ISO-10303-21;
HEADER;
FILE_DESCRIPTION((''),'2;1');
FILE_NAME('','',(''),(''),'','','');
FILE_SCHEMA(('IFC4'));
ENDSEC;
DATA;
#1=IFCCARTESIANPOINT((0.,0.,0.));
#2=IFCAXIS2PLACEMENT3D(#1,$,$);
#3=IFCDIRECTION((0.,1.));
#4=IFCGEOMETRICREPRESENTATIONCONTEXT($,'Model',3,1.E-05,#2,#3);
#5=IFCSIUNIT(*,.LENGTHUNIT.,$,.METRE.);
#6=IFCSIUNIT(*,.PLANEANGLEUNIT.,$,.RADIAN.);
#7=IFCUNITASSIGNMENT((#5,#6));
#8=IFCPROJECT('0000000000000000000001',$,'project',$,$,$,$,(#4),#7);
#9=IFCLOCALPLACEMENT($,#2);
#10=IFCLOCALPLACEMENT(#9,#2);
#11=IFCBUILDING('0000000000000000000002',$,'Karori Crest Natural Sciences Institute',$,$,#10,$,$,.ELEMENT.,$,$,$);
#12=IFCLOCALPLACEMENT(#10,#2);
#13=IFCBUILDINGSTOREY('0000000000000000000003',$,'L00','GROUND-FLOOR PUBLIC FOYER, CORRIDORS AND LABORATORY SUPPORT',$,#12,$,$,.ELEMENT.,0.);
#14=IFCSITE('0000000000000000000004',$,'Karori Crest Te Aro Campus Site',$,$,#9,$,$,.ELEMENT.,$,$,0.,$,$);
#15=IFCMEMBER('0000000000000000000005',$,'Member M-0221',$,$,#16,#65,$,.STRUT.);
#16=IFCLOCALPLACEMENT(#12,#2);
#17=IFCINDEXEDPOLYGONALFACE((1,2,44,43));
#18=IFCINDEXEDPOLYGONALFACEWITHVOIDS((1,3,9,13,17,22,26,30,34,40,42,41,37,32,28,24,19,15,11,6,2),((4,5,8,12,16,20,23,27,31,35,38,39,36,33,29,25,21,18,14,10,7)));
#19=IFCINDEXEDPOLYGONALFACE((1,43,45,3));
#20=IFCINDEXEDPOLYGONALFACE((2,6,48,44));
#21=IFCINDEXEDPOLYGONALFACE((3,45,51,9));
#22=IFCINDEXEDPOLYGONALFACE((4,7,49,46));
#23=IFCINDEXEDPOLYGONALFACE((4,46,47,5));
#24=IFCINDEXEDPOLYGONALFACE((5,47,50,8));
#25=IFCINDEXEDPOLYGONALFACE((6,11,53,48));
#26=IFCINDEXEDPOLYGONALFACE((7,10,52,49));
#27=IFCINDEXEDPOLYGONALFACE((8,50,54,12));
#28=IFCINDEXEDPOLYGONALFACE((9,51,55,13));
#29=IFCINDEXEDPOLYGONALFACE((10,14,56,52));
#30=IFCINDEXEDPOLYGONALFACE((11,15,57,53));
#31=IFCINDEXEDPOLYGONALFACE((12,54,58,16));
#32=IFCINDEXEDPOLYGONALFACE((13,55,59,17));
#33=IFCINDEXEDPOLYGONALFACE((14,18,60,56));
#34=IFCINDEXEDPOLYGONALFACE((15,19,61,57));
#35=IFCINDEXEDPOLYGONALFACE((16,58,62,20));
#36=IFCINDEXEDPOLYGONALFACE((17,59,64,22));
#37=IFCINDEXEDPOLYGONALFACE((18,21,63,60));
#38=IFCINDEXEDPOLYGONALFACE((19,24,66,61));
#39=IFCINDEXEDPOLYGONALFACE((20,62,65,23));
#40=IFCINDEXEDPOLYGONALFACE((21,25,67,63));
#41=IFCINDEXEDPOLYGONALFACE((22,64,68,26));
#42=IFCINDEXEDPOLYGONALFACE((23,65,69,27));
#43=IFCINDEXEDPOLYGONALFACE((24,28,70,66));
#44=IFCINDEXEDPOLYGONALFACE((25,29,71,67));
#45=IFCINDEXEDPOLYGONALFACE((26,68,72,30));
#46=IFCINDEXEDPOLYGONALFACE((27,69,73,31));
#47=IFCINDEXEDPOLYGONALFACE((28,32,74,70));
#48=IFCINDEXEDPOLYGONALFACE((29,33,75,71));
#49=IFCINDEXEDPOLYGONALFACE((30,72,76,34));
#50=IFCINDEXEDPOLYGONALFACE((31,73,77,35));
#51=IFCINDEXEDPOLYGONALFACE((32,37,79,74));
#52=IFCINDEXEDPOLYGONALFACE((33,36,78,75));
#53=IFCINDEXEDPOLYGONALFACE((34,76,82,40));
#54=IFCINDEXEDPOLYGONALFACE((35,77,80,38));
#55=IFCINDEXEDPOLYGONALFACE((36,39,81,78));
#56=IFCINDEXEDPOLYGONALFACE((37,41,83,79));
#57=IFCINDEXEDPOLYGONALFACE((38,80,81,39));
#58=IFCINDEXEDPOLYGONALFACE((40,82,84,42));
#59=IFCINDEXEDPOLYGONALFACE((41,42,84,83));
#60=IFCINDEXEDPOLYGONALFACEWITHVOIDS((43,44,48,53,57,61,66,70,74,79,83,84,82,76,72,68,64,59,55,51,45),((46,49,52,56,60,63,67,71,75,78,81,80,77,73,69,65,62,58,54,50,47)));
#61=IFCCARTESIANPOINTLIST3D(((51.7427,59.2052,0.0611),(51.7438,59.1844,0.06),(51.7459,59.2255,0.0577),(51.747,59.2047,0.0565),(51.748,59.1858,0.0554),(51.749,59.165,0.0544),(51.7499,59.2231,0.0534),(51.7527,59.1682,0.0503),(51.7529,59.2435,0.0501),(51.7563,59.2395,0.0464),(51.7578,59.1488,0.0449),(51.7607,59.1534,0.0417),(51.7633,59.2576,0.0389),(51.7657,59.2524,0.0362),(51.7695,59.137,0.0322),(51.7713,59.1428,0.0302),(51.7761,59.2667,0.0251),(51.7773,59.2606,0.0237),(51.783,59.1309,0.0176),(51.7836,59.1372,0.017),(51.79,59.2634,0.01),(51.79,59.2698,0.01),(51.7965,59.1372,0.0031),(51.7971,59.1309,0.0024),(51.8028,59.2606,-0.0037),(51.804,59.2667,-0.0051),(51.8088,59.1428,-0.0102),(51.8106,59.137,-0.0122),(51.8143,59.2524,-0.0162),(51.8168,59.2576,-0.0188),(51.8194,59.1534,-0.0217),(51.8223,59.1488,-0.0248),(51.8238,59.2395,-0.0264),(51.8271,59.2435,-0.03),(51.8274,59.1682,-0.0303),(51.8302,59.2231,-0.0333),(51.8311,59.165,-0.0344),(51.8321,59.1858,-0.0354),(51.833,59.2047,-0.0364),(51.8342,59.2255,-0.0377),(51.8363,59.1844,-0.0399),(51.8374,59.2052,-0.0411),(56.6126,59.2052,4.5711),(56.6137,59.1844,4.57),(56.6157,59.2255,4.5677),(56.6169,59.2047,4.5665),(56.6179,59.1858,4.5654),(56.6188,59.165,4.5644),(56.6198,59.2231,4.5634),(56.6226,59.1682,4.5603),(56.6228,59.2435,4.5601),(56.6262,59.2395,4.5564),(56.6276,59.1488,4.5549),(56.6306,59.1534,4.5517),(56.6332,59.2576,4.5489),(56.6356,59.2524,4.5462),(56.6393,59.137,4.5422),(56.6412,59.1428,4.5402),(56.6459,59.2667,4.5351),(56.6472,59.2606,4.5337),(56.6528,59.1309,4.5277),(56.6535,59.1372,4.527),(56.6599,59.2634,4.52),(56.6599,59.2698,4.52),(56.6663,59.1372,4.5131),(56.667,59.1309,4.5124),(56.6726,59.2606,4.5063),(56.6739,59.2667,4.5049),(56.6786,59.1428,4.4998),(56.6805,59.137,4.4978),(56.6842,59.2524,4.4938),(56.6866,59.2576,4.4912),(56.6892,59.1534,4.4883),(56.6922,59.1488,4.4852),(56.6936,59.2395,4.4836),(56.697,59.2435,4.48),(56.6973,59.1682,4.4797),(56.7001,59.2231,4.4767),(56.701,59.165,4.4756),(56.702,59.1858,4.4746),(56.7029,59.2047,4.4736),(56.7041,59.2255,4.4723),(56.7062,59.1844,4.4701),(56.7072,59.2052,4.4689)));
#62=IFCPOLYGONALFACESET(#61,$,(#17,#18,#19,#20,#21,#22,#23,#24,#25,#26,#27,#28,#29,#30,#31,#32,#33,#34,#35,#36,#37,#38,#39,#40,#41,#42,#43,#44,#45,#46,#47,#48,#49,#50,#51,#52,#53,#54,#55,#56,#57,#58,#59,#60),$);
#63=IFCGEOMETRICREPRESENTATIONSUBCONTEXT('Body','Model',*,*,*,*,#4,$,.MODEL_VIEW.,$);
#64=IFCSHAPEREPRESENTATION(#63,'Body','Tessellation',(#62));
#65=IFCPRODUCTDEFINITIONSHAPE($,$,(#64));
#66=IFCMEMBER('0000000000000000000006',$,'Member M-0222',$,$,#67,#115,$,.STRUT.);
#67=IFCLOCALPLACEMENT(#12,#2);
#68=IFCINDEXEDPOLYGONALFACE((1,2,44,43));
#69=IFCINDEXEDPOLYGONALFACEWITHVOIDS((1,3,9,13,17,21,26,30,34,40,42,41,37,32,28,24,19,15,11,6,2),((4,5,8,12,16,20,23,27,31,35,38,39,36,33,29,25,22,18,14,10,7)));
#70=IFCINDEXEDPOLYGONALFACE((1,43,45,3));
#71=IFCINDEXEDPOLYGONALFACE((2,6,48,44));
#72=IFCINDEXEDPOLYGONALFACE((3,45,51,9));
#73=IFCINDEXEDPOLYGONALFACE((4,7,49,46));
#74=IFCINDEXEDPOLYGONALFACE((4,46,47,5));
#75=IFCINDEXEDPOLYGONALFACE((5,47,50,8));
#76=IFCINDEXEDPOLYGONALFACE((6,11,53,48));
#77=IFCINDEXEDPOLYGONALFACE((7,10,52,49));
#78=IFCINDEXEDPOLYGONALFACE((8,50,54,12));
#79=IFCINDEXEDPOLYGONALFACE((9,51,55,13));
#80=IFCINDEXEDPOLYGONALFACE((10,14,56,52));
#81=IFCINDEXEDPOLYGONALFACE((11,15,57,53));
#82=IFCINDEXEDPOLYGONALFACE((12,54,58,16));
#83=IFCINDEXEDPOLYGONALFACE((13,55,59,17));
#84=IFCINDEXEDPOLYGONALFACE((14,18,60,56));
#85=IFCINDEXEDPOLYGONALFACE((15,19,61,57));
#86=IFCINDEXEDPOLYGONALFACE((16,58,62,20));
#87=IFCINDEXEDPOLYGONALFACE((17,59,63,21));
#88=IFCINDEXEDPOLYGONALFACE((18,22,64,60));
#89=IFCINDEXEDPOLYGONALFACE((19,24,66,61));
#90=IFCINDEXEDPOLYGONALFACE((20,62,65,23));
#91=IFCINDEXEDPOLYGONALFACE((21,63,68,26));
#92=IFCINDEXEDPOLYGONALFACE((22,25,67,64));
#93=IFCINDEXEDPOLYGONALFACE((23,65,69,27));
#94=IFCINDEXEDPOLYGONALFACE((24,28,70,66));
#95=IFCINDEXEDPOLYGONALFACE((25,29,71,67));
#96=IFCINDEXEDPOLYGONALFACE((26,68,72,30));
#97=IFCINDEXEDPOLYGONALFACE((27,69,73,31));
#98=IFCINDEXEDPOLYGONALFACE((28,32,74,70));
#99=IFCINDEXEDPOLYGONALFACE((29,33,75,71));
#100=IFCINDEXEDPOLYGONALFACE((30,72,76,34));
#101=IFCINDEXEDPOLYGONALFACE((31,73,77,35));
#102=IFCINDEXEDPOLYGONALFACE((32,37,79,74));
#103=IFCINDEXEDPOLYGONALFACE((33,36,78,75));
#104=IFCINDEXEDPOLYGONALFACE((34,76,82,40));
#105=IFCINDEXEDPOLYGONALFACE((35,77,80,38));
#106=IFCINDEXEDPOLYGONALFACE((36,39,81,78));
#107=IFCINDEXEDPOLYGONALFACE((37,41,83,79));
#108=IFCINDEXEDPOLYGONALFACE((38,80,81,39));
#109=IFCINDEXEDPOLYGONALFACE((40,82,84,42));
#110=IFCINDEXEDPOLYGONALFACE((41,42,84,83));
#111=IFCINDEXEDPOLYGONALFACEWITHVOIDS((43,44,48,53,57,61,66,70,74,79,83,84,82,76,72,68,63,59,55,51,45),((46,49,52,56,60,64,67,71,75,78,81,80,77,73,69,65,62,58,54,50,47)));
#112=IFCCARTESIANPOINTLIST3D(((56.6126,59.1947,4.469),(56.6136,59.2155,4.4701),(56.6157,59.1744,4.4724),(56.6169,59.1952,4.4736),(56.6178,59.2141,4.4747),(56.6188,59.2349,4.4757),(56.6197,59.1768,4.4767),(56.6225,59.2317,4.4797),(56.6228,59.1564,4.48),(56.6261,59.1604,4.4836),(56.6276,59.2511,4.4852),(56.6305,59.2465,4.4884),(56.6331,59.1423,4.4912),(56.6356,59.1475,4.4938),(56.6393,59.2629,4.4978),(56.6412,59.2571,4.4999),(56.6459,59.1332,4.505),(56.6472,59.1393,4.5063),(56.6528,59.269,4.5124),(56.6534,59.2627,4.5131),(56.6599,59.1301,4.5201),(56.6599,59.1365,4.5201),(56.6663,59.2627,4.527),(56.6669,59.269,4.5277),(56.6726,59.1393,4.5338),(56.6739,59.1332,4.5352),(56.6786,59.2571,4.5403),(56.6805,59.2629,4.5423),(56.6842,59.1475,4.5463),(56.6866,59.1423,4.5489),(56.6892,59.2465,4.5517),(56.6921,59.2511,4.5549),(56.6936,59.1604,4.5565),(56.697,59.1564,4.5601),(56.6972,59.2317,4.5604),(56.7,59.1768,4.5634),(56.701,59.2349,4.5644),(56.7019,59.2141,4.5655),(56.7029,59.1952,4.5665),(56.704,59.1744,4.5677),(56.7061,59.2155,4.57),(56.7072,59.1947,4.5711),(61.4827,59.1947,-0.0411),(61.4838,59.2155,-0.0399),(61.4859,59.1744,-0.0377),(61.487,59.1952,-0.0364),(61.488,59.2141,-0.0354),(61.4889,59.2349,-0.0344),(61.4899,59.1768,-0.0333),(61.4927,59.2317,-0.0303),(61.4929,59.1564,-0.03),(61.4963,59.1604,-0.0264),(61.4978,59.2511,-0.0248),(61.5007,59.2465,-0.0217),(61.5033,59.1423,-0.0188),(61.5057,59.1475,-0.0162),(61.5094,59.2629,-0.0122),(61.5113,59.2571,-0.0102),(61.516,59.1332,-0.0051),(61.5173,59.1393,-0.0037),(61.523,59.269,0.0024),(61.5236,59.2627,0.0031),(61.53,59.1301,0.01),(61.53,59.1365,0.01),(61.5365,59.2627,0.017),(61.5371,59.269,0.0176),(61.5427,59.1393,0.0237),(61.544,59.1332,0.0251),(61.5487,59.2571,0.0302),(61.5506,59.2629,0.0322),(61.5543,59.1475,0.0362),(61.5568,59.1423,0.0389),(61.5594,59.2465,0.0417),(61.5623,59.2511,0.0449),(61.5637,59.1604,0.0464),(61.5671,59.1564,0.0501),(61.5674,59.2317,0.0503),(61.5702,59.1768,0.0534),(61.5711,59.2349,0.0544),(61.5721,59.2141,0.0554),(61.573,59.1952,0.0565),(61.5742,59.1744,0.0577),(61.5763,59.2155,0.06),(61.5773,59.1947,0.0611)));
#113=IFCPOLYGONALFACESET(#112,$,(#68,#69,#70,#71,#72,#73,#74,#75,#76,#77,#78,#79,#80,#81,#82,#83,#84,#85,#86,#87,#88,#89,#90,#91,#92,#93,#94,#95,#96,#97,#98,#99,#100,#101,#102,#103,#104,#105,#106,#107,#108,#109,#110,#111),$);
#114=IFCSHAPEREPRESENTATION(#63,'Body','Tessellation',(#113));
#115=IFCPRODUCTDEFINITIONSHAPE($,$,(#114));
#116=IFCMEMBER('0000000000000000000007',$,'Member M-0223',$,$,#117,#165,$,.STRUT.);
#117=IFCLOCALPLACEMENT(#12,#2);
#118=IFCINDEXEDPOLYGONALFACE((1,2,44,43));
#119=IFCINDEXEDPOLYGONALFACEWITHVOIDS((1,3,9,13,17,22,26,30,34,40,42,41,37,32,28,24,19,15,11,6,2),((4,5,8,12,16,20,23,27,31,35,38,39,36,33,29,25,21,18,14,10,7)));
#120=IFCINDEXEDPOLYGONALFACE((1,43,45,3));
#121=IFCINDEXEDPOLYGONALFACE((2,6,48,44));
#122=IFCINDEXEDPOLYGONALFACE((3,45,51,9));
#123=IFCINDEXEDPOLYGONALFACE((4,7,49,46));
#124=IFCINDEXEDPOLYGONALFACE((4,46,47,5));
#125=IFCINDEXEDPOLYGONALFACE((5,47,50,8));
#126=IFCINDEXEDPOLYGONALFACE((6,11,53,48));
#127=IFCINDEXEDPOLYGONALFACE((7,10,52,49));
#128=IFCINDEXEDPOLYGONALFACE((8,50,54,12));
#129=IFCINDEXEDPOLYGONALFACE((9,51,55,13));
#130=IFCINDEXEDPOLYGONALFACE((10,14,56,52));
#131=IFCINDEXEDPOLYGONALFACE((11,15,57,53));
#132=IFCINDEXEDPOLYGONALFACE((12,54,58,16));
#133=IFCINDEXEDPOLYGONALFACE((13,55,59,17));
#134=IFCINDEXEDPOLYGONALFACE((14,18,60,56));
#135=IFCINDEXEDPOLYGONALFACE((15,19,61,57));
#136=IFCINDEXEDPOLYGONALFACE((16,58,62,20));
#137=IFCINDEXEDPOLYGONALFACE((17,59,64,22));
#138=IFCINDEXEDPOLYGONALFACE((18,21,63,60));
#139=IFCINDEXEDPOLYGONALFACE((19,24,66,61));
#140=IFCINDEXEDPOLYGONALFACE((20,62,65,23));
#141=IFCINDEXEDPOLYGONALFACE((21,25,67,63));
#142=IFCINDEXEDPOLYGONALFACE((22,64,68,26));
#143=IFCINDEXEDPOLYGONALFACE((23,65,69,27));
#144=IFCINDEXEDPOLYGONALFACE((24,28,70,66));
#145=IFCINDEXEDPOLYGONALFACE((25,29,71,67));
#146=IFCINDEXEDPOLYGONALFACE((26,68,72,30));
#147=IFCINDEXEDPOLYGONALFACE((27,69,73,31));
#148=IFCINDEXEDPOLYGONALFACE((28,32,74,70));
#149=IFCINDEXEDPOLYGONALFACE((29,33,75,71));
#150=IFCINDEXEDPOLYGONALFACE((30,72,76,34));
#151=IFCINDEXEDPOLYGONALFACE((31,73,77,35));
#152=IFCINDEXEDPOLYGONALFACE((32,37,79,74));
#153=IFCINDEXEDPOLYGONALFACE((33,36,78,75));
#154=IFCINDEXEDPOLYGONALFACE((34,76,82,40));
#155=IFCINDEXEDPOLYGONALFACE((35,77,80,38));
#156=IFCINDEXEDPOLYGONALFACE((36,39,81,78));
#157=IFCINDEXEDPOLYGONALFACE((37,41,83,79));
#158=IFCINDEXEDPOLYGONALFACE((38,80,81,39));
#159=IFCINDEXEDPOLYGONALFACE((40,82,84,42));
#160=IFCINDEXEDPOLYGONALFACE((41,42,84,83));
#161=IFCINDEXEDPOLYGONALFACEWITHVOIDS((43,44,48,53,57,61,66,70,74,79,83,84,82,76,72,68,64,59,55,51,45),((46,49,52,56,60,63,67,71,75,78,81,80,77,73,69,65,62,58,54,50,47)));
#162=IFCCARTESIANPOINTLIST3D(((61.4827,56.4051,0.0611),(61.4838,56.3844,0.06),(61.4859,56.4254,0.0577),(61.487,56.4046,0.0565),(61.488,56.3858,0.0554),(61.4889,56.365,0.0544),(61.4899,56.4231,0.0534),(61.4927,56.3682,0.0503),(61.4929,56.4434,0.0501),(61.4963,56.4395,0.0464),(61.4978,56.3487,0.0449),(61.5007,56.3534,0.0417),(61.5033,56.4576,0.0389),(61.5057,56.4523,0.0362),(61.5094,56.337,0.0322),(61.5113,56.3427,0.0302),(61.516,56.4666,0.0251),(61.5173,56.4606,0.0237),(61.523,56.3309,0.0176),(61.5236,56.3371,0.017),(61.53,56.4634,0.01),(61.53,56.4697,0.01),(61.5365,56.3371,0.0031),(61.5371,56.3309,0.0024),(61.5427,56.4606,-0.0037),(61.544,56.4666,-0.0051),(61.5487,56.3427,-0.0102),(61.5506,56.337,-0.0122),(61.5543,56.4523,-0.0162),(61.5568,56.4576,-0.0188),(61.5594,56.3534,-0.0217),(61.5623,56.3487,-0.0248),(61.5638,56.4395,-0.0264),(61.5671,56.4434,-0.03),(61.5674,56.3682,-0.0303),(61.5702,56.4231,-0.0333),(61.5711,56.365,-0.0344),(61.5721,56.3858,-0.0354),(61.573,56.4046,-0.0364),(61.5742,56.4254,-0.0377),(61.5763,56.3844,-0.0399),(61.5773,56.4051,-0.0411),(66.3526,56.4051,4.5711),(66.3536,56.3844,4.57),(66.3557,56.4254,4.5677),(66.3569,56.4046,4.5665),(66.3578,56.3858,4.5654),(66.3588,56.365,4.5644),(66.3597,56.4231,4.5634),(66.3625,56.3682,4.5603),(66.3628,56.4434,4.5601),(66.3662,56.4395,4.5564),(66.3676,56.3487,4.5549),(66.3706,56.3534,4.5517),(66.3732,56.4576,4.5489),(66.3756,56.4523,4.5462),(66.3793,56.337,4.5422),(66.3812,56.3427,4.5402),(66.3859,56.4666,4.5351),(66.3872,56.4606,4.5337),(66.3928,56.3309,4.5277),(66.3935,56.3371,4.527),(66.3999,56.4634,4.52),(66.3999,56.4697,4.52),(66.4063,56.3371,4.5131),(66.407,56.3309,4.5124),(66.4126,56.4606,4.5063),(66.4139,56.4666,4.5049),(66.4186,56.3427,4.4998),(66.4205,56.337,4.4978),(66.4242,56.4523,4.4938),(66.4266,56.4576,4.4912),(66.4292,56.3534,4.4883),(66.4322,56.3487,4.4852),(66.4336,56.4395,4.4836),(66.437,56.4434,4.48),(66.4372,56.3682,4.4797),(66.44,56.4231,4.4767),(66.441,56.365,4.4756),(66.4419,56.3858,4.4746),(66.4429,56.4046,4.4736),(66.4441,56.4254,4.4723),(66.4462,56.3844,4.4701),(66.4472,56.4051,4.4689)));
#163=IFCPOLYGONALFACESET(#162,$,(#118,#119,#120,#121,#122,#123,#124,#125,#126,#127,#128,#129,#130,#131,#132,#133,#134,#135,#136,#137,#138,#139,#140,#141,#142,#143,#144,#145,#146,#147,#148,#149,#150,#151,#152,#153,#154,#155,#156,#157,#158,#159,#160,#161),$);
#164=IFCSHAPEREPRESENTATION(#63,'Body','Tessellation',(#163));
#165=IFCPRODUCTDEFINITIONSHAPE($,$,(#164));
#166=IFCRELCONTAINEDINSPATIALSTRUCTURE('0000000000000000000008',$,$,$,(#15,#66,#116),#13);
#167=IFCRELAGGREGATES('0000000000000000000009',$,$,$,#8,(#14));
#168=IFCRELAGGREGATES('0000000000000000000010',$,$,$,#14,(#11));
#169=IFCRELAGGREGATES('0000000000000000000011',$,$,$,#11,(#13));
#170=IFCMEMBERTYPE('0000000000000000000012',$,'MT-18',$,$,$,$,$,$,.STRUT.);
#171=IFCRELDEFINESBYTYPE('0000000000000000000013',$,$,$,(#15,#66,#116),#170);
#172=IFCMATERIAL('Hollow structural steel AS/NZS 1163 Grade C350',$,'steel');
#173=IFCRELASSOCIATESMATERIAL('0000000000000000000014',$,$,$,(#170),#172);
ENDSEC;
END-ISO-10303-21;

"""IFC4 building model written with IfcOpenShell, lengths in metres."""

from ifc_helpers import new_model, si_unit, direction, frame, origin, origin_2d, place, context, subcontext, project, spatial, hollow_circle, extrude, material, material_profile, profile_set, type_object, element, save


model = new_model("IFC4")

# Units and contexts
model_context = context("Model", 3, precision=1e-05, world=origin(), true_north=direction((0.0, 1.0)))
body_context = subcontext(model_context, "Body", "Model", "MODEL_VIEW")
ifc_project = project(units=[si_unit("LENGTHUNIT", "METRE"), si_unit("PLANEANGLEUNIT", "RADIAN")], contexts=[model_context])

# Site, building, storey
site_placement = place(None, origin())
site = spatial("IfcSite", under=ifc_project, at=site_placement, Name="Karori Crest Te Aro Campus Site", CompositionType="ELEMENT", RefElevation=0.0)
building_placement = place(site_placement, origin())
building = spatial("IfcBuilding", under=site, at=building_placement, Name="Karori Crest Natural Sciences Institute", CompositionType="ELEMENT")
storey_placement = place(building_placement, origin())
storey = spatial("IfcBuildingStorey", under=building, at=storey_placement, Name="L00", Description="GROUND-FLOOR PUBLIC FOYER, CORRIDORS AND LABORATORY SUPPORT", CompositionType="ELEMENT", Elevation=0.0)

# Shared definitions
ifc_material_1 = material(Name="Hollow structural steel AS/NZS 1163 Grade C350", Category="steel")

# Members
ifc_material_profile_1 = material_profile(ifc_material_1, hollow_circle(Radius=0.0698, WallThickness=0.0063, at=origin_2d()), Name="CHS139.7x6.4")
ifc_profile_set_1 = profile_set([ifc_material_profile_1], Name="Hollow structural steel AS/NZS 1163 Grade C350")
member_type = type_object("IfcMemberType", Name="MT-18", PredefinedType="STRUT", material=ifc_profile_set_1)
member_1_placement = place(storey_placement, frame((51.79, 59.2, 0.01), z_axis=(0.733695, 0.0, 0.679478), x_axis=(0.0, 1.0, 0.0)))
element("IfcMember", 1, at=member_1_placement, inside=storey, type_object=member_type, Name="Member M-0221", PredefinedType="STRUT", context=body_context, shape_type="SweptSolid", body=[
    extrude(hollow_circle(Radius=0.0698, WallThickness=0.0063, at=origin_2d()), origin(), (0.0, 0.0, 1.0), 6.6375),
])
member_2_placement = place(storey_placement, frame((61.53, 59.2, 0.01), z_axis=(-0.733712, 0.0, 0.67946), x_axis=(0.0, -1.0, 0.0)))
element("IfcMember", 2, at=member_2_placement, inside=storey, type_object=member_type, Name="Member M-0222", PredefinedType="STRUT", context=body_context, shape_type="SweptSolid", body=[
    extrude(hollow_circle(Radius=0.0698, WallThickness=0.0063, at=origin_2d()), origin(), (0.0, 0.0, 1.0), 6.6377),
])
member_3_placement = place(storey_placement, frame((61.53, 56.3999, 0.01), z_axis=(0.733695, 0.0, 0.679478), x_axis=(0.0, 1.0, 0.0)))
element("IfcMember", 3, at=member_3_placement, inside=storey, type_object=member_type, Name="Member M-0223", PredefinedType="STRUT", context=body_context, shape_type="SweptSolid", body=[
    extrude(hollow_circle(Radius=0.0698, WallThickness=0.0063, at=origin_2d()), origin(), (0.0, 0.0, 1.0), 6.6375),
])

save(model, "model.ifc")
